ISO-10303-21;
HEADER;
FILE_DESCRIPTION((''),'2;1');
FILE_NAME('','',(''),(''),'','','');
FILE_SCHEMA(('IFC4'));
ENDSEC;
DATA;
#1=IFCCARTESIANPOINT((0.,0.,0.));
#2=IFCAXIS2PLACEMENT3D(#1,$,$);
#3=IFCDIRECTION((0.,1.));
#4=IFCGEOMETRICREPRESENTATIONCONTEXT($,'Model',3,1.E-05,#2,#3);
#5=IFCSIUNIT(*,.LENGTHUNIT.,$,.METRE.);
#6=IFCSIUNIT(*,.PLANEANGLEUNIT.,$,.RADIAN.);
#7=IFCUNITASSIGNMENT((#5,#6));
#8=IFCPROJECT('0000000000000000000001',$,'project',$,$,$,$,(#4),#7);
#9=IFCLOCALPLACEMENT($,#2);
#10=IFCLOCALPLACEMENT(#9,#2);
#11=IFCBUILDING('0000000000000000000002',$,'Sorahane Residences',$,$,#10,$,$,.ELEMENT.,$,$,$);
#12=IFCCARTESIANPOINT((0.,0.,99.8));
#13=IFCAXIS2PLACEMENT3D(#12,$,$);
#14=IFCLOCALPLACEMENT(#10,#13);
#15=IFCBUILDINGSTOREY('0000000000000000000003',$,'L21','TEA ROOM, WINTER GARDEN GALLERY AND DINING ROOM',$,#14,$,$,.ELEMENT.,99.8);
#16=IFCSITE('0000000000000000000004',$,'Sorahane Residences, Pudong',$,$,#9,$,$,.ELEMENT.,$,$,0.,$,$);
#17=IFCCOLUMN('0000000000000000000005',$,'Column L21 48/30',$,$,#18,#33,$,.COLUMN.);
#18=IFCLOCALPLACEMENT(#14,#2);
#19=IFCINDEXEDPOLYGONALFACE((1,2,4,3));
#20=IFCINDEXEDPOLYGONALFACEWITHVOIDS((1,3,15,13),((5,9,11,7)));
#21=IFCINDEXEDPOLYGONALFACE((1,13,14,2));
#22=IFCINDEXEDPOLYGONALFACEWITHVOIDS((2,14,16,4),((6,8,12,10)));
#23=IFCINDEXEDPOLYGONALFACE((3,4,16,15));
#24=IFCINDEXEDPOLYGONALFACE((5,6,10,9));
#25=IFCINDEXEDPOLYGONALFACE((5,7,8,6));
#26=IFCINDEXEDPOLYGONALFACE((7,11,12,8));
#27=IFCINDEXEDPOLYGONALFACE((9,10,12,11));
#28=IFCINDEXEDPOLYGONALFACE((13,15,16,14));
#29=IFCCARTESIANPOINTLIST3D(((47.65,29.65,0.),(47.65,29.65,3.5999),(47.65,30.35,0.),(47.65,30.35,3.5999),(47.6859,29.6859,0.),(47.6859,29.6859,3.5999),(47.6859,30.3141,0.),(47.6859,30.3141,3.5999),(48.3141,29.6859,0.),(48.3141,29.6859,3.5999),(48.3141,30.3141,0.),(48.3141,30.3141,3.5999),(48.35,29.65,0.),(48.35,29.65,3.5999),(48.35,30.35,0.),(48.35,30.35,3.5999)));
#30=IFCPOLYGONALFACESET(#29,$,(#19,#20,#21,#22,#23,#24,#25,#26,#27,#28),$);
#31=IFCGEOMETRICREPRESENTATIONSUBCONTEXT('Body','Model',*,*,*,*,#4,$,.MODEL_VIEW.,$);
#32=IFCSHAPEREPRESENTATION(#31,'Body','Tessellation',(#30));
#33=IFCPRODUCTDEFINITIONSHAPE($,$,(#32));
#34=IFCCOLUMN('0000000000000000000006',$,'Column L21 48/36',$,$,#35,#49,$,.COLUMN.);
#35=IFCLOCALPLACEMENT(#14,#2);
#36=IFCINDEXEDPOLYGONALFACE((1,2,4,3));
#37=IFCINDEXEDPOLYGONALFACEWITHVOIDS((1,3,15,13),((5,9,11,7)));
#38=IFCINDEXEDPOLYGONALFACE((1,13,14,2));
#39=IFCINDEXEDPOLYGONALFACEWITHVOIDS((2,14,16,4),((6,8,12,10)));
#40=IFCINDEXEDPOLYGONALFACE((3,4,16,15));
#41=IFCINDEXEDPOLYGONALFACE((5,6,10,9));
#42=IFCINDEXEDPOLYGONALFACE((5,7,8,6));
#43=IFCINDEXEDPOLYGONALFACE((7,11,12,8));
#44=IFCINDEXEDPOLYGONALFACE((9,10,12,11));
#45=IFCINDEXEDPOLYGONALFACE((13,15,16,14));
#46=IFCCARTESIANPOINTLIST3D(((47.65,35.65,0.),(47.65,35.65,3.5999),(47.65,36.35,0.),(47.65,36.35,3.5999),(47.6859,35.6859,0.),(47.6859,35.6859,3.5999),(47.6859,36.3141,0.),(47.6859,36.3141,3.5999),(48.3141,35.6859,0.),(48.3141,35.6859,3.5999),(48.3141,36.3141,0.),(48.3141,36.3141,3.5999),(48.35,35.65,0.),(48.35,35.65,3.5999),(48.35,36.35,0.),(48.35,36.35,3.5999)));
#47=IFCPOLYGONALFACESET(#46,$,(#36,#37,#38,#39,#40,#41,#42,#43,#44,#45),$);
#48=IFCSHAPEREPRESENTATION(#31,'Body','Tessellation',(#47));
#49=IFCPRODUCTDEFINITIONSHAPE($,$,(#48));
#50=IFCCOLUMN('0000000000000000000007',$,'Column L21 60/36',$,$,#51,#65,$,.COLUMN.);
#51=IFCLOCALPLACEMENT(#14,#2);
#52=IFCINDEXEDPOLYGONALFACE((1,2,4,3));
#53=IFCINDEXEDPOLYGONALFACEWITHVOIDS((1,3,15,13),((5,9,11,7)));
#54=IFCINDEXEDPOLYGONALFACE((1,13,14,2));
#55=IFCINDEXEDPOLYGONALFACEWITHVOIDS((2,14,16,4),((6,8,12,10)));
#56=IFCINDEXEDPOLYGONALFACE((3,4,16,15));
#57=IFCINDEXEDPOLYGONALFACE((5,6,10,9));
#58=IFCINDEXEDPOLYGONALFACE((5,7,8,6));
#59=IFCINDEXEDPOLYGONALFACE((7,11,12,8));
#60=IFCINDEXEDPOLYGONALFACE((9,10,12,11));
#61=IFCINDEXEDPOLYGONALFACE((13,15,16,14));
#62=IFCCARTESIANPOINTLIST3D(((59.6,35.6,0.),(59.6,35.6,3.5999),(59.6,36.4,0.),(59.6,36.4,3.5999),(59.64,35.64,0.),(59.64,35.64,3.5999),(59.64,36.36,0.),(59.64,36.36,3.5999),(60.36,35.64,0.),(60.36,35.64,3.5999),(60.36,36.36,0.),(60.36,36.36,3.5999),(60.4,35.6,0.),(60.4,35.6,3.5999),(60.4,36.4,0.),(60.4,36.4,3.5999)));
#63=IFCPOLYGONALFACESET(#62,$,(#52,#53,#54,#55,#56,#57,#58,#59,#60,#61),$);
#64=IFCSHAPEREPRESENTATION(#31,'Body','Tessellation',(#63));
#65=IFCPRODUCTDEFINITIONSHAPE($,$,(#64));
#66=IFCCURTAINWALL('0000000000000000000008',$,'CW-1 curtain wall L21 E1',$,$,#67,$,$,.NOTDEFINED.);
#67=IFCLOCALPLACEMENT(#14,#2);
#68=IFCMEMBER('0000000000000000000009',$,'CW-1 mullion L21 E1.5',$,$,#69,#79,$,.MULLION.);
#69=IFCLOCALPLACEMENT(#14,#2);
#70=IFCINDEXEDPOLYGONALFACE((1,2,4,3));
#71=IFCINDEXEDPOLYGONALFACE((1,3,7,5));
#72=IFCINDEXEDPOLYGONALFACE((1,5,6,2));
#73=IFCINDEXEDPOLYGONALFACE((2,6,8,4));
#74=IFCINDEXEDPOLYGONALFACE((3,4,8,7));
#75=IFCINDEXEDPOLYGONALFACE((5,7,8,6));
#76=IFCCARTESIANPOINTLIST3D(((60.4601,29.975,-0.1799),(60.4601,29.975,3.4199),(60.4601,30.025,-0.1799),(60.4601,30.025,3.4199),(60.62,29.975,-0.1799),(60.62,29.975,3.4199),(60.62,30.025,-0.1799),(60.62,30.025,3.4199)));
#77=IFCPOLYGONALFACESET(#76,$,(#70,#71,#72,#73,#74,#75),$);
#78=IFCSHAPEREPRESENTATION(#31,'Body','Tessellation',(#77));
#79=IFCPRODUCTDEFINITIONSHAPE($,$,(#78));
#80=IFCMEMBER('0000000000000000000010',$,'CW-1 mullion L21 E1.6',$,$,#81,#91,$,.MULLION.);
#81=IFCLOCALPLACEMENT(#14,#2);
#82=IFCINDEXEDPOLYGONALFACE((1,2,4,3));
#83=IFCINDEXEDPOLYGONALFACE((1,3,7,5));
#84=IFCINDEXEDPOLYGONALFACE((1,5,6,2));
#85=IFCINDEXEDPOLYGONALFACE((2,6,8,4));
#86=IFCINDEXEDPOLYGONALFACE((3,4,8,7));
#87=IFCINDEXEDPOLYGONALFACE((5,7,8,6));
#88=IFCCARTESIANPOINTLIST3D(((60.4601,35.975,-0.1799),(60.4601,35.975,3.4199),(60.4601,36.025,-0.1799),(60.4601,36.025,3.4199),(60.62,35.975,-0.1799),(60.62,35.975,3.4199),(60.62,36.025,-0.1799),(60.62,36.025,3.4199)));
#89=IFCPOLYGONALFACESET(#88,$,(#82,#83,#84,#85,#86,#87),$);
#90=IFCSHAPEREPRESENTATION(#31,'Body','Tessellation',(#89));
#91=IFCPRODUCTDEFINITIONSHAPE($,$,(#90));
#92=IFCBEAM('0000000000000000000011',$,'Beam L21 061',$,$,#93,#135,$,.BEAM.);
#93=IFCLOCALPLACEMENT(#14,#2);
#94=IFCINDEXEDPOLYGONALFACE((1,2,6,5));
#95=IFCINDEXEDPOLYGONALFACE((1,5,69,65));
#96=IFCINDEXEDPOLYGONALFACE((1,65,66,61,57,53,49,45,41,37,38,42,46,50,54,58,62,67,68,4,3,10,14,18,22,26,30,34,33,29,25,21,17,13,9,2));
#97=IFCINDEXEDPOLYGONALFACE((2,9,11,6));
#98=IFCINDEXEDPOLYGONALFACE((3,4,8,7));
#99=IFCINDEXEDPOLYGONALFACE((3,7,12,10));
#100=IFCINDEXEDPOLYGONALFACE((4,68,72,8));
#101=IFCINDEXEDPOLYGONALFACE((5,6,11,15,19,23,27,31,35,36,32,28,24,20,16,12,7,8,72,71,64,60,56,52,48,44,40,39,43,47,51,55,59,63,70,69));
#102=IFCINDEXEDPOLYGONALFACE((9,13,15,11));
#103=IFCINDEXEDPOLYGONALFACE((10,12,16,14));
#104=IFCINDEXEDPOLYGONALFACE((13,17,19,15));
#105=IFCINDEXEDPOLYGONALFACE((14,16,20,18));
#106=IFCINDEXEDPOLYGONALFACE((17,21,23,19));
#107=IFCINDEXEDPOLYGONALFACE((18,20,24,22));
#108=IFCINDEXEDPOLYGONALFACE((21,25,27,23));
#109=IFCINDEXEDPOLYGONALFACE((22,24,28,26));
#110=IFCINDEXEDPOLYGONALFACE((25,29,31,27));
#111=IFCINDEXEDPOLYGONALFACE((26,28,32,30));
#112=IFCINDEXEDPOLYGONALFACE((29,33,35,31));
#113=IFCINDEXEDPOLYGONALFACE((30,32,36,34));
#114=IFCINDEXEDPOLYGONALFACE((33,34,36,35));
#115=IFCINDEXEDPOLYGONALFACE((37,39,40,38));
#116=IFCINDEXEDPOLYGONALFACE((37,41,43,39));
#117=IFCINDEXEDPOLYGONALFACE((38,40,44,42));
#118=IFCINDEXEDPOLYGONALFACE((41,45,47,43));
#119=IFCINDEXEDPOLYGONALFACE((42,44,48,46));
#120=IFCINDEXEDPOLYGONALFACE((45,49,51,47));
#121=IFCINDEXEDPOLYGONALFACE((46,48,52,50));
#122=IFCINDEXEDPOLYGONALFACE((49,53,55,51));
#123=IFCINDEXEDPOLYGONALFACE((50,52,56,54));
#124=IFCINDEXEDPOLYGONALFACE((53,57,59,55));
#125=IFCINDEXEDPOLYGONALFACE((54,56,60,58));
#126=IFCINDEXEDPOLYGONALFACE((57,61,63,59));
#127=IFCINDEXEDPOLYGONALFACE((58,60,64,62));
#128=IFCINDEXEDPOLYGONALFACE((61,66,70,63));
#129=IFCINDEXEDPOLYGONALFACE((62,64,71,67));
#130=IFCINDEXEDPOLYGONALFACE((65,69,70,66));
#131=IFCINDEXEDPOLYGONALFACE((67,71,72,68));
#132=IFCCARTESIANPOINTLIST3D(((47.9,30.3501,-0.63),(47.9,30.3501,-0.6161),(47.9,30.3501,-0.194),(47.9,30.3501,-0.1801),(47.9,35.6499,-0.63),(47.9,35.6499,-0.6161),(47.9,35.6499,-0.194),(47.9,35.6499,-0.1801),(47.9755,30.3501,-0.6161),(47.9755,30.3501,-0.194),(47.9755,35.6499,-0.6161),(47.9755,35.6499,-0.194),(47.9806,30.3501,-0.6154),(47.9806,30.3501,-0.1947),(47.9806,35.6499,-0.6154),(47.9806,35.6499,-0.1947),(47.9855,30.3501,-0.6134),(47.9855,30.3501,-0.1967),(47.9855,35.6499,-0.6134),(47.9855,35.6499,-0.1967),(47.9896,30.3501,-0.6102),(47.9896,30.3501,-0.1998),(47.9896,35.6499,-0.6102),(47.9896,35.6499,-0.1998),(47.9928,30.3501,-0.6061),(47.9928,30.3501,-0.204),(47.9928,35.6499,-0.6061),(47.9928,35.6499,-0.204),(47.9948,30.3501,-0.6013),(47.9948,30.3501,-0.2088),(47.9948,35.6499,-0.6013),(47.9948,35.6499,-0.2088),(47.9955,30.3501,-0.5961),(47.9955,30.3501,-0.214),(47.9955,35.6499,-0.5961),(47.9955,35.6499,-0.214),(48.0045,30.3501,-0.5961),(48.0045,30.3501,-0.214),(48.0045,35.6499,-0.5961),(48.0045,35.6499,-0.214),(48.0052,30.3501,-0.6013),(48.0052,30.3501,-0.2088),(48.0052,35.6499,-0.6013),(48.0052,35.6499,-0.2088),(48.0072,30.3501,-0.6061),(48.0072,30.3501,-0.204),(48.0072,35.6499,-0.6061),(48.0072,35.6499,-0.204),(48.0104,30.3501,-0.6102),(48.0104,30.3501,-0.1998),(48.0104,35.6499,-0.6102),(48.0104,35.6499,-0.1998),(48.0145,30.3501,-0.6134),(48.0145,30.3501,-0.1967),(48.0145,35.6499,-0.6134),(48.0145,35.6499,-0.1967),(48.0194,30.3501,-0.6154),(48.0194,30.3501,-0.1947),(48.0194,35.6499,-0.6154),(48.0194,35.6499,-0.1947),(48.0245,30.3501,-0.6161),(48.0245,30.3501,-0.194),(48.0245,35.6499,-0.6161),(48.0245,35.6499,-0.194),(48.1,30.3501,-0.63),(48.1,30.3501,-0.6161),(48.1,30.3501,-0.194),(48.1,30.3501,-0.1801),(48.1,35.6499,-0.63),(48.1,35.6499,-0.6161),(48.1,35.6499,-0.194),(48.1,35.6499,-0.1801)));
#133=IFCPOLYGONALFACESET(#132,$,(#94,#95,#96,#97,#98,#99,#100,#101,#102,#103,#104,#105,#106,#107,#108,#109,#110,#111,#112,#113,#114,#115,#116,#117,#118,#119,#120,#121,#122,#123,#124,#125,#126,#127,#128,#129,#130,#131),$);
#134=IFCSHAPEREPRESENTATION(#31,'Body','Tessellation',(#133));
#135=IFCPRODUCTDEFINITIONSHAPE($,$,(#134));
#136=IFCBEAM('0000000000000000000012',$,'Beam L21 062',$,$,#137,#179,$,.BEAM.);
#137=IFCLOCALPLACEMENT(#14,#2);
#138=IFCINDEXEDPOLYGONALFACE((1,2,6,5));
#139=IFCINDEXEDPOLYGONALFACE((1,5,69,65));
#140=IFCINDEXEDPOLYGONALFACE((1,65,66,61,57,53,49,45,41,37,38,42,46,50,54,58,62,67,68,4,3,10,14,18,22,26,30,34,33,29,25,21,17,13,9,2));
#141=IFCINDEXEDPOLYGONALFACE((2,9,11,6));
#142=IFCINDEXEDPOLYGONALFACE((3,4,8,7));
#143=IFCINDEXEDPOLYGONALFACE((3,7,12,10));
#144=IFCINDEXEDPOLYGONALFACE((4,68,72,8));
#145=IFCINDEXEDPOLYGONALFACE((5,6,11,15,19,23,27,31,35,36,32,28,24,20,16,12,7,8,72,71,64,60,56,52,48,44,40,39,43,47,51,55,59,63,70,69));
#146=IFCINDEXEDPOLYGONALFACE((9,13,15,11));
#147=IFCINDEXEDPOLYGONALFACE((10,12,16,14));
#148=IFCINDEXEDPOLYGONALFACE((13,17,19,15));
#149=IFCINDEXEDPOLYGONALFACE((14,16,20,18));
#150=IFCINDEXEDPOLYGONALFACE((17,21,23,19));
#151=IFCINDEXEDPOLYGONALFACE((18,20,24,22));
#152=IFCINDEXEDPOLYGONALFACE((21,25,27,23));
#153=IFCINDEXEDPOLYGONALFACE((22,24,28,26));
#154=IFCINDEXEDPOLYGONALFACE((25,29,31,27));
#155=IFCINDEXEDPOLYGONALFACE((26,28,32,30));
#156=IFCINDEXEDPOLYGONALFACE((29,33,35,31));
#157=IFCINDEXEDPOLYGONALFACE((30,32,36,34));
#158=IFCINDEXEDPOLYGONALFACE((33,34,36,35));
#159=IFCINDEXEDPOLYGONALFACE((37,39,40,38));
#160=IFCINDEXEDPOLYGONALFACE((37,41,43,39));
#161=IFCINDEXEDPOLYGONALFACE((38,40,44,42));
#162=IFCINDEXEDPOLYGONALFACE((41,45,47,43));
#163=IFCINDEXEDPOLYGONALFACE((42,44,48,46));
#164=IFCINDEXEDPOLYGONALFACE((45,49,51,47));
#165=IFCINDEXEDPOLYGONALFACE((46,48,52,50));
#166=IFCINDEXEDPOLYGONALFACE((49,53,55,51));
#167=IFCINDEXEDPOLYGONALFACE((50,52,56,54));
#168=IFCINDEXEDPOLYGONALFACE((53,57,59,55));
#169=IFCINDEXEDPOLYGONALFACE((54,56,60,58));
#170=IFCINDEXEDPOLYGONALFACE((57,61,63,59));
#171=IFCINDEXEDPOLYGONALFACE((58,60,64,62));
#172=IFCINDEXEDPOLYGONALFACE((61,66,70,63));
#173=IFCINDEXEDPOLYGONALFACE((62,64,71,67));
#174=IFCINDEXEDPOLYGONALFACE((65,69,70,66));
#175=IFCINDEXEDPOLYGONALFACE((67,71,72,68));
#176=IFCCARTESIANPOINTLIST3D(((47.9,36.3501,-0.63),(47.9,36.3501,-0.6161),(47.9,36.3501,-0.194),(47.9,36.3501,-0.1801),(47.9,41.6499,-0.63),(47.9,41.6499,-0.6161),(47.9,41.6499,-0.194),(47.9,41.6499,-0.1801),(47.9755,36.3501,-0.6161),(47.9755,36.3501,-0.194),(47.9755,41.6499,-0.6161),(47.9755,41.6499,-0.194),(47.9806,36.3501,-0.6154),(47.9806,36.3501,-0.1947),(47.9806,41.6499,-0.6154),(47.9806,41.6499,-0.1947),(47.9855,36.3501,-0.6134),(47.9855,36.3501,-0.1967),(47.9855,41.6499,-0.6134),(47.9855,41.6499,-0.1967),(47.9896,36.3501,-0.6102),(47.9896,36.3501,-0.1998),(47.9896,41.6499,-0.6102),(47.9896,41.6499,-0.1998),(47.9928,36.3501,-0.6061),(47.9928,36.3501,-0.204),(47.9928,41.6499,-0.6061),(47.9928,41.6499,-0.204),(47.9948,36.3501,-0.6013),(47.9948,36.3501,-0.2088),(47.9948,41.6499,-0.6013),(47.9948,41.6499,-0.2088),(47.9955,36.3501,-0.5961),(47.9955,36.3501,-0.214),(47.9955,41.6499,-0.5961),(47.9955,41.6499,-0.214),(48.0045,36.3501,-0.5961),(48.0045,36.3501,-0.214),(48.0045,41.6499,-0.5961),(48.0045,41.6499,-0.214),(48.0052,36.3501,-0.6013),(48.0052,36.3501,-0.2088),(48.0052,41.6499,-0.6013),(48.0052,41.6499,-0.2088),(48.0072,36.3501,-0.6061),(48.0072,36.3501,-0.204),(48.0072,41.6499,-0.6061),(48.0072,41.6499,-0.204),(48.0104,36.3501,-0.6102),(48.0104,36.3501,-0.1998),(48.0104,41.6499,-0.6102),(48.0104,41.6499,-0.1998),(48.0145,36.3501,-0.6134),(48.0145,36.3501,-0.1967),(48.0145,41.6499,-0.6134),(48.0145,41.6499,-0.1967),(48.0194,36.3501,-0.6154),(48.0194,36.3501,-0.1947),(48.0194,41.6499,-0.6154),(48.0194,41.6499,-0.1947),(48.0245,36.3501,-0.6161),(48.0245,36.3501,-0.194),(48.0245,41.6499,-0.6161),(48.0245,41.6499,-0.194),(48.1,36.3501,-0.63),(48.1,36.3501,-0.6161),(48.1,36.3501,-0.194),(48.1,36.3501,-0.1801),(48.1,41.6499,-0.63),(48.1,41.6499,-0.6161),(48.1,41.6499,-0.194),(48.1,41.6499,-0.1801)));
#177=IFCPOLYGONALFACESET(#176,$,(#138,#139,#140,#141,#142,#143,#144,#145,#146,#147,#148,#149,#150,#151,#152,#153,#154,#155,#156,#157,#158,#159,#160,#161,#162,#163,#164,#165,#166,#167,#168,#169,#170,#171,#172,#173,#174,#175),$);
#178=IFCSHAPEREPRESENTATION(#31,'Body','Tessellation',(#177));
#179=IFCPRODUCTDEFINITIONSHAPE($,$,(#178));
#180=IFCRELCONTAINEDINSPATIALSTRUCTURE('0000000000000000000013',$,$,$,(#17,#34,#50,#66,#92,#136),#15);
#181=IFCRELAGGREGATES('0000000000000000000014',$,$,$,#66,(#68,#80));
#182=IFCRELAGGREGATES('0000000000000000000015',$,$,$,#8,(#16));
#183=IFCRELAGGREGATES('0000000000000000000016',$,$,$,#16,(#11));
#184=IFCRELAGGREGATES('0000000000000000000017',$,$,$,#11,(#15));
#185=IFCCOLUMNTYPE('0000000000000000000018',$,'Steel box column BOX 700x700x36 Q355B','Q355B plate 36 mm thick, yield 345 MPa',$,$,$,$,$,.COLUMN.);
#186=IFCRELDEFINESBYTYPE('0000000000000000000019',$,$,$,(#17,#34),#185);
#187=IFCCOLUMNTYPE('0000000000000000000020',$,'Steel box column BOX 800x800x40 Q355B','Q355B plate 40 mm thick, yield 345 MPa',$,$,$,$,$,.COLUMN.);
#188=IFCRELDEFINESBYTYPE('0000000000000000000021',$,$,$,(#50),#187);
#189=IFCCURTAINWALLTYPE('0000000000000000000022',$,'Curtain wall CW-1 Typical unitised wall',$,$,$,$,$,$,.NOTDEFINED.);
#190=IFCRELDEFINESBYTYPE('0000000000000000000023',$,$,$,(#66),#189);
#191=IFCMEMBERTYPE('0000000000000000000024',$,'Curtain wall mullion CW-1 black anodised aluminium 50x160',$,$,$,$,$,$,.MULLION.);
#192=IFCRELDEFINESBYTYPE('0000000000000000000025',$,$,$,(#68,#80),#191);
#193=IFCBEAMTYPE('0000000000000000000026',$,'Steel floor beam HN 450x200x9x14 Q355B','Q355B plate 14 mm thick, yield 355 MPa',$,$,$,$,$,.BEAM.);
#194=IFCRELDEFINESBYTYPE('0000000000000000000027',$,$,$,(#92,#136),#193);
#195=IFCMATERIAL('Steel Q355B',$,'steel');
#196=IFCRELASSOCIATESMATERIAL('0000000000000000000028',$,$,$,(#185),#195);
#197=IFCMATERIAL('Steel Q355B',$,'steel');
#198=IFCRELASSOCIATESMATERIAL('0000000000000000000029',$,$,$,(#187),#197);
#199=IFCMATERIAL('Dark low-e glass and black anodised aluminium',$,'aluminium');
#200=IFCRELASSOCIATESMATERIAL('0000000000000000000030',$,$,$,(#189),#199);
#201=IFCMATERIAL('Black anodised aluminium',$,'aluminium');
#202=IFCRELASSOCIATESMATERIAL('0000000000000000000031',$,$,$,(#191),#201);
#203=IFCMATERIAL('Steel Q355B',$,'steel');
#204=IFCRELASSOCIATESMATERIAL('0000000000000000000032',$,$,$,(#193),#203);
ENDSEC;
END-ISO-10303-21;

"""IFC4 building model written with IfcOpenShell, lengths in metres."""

from ifc_helpers import new_model, si_unit, direction, frame, origin, origin_2d, place, context, subcontext, project, spatial, rectangle, hollow_rectangle, i_section, extrude, material, material_profile, profile_set, type_object, element, aggregate, save


model = new_model("IFC4")

# Units and contexts
model_context = context("Model", 3, precision=1e-05, world=origin(), true_north=direction((0.0, 1.0)))
body_context = subcontext(model_context, "Body", "Model", "MODEL_VIEW")
ifc_project = project(units=[si_unit("LENGTHUNIT", "METRE"), si_unit("PLANEANGLEUNIT", "RADIAN")], contexts=[model_context])

# Site, building, storey
site_placement = place(None, origin())
site = spatial("IfcSite", under=ifc_project, at=site_placement, Name="Sorahane Residences, Pudong", CompositionType="ELEMENT", RefElevation=0.0)
building_placement = place(site_placement, origin())
building = spatial("IfcBuilding", under=site, at=building_placement, Name="Sorahane Residences", CompositionType="ELEMENT")
storey_placement = place(building_placement, frame((0.0, 0.0, 99.8)))
storey = spatial("IfcBuildingStorey", under=building, at=storey_placement, Name="L21", Description="TEA ROOM, WINTER GARDEN GALLERY AND DINING ROOM", CompositionType="ELEMENT", Elevation=99.8)

# Columns
ifc_material_1 = material(Name="Steel Q355B", Category="steel")
ifc_material_profile_1 = material_profile(ifc_material_1, hollow_rectangle(XDim=0.7, YDim=0.7, WallThickness=0.0359, at=origin_2d()), Name="BOX 700x700x36")
ifc_profile_set_1 = profile_set([ifc_material_profile_1], Name="Steel Q355B")
column_type_1 = type_object("IfcColumnType", Name="Steel box column BOX 700x700x36 Q355B", Description="Q355B plate 36 mm thick, yield 345 MPa", PredefinedType="COLUMN", material=ifc_profile_set_1)
for number, where, z_axis, x_axis, name in (
    (1, (48.0, 30.0, 0.0), (0.0, 0.0, 1.0), (1.0, 0.0, 0.0), "Column L21 48/30"),
    (2, (48.0, 36.0, 0.0), (0.0, 0.0, 1.0), (1.0, 0.0, 0.0), "Column L21 48/36"),
):
    element("IfcColumn", number, at=place(storey_placement, frame(where, z_axis=z_axis, x_axis=x_axis)), inside=storey, type_object=column_type_1, Name=name, PredefinedType="COLUMN", context=body_context, shape_type="SweptSolid", body=[
        extrude(hollow_rectangle(XDim=0.7, YDim=0.7, WallThickness=0.0359, at=origin_2d()), origin(), (0.0, 0.0, 1.0), 3.5999),
    ])
ifc_material_2 = material(Name="Steel Q355B", Category="steel")
ifc_material_profile_2 = material_profile(ifc_material_2, hollow_rectangle(XDim=0.8, YDim=0.8, WallThickness=0.04, at=origin_2d()), Name="BOX 800x800x40")
ifc_profile_set_2 = profile_set([ifc_material_profile_2], Name="Steel Q355B")
column_type_2 = type_object("IfcColumnType", Name="Steel box column BOX 800x800x40 Q355B", Description="Q355B plate 40 mm thick, yield 345 MPa", PredefinedType="COLUMN", material=ifc_profile_set_2)
column_placement = place(storey_placement, frame((60.0, 36.0, 0.0), z_axis=(0.0, 0.0, 1.0), x_axis=(1.0, 0.0, 0.0)))
element("IfcColumn", 3, at=column_placement, inside=storey, type_object=column_type_2, Name="Column L21 60/36", PredefinedType="COLUMN", context=body_context, shape_type="SweptSolid", body=[
    extrude(hollow_rectangle(XDim=0.8, YDim=0.8, WallThickness=0.04, at=origin_2d()), origin(), (0.0, 0.0, 1.0), 3.5999),
])

# Curtain wall, members
ifc_material_3 = material(Name="Dark low-e glass and black anodised aluminium", Category="aluminium")
curtain_wall_type = type_object("IfcCurtainWallType", Name="Curtain wall CW-1 Typical unitised wall", PredefinedType="NOTDEFINED", material=ifc_material_3)
curtain_wall_placement = place(storey_placement, origin())
curtain_wall = element("IfcCurtainWall", 4, at=curtain_wall_placement, inside=storey, type_object=curtain_wall_type, Name="CW-1 curtain wall L21 E1", PredefinedType="NOTDEFINED")
ifc_material_4 = material(Name="Black anodised aluminium", Category="aluminium")
ifc_material_profile_3 = material_profile(ifc_material_4, rectangle(XDim=0.1599, YDim=0.05, at=origin_2d()), Name="Curtain wall mullion CW-1 black anodised aluminium 50x160")
ifc_profile_set_3 = profile_set([ifc_material_profile_3], Name="Black anodised aluminium")
member_type = type_object("IfcMemberType", Name="Curtain wall mullion CW-1 black anodised aluminium 50x160", PredefinedType="MULLION", material=ifc_profile_set_3)
member_1_placement = place(storey_placement, frame((60.54, 30.0, -0.1799), z_axis=(0.0, 0.0, 1.0), x_axis=(1.0, 0.0, 0.0)))
member_1 = element("IfcMember", 5, at=member_1_placement, type_object=member_type, Name="CW-1 mullion L21 E1.5", PredefinedType="MULLION", context=body_context, shape_type="SweptSolid", body=[
    extrude(rectangle(XDim=0.1599, YDim=0.05, at=origin_2d()), origin(), (0.0, 0.0, 1.0), 3.5999),
])
member_2_placement = place(storey_placement, frame((60.54, 36.0, -0.1799), z_axis=(0.0, 0.0, 1.0), x_axis=(1.0, 0.0, 0.0)))
member_2 = element("IfcMember", 6, at=member_2_placement, type_object=member_type, Name="CW-1 mullion L21 E1.6", PredefinedType="MULLION", context=body_context, shape_type="SweptSolid", body=[
    extrude(rectangle(XDim=0.1599, YDim=0.05, at=origin_2d()), origin(), (0.0, 0.0, 1.0), 3.5999),
])

# Beams
ifc_material_5 = material(Name="Steel Q355B", Category="steel")
ifc_material_profile_4 = material_profile(ifc_material_5, i_section(OverallWidth=0.2, OverallDepth=0.45, WebThickness=0.009, FlangeThickness=0.0139, FilletRadius=0.02, at=origin_2d()), Name="HN 450x200x9x14")
ifc_profile_set_4 = profile_set([ifc_material_profile_4], Name="Steel Q355B")
beam_type_1 = type_object("IfcBeamType", Name="Steel floor beam HN 450x200x9x14 Q355B", Description="Q355B plate 14 mm thick, yield 355 MPa", PredefinedType="BEAM", material=ifc_profile_set_4)
for number, where, z_axis, x_axis, name in (
    (7, (48.0, 30.3501, -0.405), (0.0, 1.0, 0.0), (-1.0, 0.0, 0.0), "Beam L21 061"),
    (8, (48.0, 36.3501, -0.405), (0.0, 1.0, 0.0), (-1.0, 0.0, 0.0), "Beam L21 062"),
):
    element("IfcBeam", number, at=place(storey_placement, frame(where, z_axis=z_axis, x_axis=x_axis)), inside=storey, type_object=beam_type_1, Name=name, PredefinedType="BEAM", context=body_context, shape_type="SweptSolid", body=[
        extrude(i_section(OverallWidth=0.2, OverallDepth=0.45, WebThickness=0.009, FlangeThickness=0.0139, FilletRadius=0.02, at=origin_2d()), origin(), (0.0, 0.0, 1.0), 5.2998),
    ])

aggregate(curtain_wall, [member_1, member_2])

save(model, "model.ifc")
